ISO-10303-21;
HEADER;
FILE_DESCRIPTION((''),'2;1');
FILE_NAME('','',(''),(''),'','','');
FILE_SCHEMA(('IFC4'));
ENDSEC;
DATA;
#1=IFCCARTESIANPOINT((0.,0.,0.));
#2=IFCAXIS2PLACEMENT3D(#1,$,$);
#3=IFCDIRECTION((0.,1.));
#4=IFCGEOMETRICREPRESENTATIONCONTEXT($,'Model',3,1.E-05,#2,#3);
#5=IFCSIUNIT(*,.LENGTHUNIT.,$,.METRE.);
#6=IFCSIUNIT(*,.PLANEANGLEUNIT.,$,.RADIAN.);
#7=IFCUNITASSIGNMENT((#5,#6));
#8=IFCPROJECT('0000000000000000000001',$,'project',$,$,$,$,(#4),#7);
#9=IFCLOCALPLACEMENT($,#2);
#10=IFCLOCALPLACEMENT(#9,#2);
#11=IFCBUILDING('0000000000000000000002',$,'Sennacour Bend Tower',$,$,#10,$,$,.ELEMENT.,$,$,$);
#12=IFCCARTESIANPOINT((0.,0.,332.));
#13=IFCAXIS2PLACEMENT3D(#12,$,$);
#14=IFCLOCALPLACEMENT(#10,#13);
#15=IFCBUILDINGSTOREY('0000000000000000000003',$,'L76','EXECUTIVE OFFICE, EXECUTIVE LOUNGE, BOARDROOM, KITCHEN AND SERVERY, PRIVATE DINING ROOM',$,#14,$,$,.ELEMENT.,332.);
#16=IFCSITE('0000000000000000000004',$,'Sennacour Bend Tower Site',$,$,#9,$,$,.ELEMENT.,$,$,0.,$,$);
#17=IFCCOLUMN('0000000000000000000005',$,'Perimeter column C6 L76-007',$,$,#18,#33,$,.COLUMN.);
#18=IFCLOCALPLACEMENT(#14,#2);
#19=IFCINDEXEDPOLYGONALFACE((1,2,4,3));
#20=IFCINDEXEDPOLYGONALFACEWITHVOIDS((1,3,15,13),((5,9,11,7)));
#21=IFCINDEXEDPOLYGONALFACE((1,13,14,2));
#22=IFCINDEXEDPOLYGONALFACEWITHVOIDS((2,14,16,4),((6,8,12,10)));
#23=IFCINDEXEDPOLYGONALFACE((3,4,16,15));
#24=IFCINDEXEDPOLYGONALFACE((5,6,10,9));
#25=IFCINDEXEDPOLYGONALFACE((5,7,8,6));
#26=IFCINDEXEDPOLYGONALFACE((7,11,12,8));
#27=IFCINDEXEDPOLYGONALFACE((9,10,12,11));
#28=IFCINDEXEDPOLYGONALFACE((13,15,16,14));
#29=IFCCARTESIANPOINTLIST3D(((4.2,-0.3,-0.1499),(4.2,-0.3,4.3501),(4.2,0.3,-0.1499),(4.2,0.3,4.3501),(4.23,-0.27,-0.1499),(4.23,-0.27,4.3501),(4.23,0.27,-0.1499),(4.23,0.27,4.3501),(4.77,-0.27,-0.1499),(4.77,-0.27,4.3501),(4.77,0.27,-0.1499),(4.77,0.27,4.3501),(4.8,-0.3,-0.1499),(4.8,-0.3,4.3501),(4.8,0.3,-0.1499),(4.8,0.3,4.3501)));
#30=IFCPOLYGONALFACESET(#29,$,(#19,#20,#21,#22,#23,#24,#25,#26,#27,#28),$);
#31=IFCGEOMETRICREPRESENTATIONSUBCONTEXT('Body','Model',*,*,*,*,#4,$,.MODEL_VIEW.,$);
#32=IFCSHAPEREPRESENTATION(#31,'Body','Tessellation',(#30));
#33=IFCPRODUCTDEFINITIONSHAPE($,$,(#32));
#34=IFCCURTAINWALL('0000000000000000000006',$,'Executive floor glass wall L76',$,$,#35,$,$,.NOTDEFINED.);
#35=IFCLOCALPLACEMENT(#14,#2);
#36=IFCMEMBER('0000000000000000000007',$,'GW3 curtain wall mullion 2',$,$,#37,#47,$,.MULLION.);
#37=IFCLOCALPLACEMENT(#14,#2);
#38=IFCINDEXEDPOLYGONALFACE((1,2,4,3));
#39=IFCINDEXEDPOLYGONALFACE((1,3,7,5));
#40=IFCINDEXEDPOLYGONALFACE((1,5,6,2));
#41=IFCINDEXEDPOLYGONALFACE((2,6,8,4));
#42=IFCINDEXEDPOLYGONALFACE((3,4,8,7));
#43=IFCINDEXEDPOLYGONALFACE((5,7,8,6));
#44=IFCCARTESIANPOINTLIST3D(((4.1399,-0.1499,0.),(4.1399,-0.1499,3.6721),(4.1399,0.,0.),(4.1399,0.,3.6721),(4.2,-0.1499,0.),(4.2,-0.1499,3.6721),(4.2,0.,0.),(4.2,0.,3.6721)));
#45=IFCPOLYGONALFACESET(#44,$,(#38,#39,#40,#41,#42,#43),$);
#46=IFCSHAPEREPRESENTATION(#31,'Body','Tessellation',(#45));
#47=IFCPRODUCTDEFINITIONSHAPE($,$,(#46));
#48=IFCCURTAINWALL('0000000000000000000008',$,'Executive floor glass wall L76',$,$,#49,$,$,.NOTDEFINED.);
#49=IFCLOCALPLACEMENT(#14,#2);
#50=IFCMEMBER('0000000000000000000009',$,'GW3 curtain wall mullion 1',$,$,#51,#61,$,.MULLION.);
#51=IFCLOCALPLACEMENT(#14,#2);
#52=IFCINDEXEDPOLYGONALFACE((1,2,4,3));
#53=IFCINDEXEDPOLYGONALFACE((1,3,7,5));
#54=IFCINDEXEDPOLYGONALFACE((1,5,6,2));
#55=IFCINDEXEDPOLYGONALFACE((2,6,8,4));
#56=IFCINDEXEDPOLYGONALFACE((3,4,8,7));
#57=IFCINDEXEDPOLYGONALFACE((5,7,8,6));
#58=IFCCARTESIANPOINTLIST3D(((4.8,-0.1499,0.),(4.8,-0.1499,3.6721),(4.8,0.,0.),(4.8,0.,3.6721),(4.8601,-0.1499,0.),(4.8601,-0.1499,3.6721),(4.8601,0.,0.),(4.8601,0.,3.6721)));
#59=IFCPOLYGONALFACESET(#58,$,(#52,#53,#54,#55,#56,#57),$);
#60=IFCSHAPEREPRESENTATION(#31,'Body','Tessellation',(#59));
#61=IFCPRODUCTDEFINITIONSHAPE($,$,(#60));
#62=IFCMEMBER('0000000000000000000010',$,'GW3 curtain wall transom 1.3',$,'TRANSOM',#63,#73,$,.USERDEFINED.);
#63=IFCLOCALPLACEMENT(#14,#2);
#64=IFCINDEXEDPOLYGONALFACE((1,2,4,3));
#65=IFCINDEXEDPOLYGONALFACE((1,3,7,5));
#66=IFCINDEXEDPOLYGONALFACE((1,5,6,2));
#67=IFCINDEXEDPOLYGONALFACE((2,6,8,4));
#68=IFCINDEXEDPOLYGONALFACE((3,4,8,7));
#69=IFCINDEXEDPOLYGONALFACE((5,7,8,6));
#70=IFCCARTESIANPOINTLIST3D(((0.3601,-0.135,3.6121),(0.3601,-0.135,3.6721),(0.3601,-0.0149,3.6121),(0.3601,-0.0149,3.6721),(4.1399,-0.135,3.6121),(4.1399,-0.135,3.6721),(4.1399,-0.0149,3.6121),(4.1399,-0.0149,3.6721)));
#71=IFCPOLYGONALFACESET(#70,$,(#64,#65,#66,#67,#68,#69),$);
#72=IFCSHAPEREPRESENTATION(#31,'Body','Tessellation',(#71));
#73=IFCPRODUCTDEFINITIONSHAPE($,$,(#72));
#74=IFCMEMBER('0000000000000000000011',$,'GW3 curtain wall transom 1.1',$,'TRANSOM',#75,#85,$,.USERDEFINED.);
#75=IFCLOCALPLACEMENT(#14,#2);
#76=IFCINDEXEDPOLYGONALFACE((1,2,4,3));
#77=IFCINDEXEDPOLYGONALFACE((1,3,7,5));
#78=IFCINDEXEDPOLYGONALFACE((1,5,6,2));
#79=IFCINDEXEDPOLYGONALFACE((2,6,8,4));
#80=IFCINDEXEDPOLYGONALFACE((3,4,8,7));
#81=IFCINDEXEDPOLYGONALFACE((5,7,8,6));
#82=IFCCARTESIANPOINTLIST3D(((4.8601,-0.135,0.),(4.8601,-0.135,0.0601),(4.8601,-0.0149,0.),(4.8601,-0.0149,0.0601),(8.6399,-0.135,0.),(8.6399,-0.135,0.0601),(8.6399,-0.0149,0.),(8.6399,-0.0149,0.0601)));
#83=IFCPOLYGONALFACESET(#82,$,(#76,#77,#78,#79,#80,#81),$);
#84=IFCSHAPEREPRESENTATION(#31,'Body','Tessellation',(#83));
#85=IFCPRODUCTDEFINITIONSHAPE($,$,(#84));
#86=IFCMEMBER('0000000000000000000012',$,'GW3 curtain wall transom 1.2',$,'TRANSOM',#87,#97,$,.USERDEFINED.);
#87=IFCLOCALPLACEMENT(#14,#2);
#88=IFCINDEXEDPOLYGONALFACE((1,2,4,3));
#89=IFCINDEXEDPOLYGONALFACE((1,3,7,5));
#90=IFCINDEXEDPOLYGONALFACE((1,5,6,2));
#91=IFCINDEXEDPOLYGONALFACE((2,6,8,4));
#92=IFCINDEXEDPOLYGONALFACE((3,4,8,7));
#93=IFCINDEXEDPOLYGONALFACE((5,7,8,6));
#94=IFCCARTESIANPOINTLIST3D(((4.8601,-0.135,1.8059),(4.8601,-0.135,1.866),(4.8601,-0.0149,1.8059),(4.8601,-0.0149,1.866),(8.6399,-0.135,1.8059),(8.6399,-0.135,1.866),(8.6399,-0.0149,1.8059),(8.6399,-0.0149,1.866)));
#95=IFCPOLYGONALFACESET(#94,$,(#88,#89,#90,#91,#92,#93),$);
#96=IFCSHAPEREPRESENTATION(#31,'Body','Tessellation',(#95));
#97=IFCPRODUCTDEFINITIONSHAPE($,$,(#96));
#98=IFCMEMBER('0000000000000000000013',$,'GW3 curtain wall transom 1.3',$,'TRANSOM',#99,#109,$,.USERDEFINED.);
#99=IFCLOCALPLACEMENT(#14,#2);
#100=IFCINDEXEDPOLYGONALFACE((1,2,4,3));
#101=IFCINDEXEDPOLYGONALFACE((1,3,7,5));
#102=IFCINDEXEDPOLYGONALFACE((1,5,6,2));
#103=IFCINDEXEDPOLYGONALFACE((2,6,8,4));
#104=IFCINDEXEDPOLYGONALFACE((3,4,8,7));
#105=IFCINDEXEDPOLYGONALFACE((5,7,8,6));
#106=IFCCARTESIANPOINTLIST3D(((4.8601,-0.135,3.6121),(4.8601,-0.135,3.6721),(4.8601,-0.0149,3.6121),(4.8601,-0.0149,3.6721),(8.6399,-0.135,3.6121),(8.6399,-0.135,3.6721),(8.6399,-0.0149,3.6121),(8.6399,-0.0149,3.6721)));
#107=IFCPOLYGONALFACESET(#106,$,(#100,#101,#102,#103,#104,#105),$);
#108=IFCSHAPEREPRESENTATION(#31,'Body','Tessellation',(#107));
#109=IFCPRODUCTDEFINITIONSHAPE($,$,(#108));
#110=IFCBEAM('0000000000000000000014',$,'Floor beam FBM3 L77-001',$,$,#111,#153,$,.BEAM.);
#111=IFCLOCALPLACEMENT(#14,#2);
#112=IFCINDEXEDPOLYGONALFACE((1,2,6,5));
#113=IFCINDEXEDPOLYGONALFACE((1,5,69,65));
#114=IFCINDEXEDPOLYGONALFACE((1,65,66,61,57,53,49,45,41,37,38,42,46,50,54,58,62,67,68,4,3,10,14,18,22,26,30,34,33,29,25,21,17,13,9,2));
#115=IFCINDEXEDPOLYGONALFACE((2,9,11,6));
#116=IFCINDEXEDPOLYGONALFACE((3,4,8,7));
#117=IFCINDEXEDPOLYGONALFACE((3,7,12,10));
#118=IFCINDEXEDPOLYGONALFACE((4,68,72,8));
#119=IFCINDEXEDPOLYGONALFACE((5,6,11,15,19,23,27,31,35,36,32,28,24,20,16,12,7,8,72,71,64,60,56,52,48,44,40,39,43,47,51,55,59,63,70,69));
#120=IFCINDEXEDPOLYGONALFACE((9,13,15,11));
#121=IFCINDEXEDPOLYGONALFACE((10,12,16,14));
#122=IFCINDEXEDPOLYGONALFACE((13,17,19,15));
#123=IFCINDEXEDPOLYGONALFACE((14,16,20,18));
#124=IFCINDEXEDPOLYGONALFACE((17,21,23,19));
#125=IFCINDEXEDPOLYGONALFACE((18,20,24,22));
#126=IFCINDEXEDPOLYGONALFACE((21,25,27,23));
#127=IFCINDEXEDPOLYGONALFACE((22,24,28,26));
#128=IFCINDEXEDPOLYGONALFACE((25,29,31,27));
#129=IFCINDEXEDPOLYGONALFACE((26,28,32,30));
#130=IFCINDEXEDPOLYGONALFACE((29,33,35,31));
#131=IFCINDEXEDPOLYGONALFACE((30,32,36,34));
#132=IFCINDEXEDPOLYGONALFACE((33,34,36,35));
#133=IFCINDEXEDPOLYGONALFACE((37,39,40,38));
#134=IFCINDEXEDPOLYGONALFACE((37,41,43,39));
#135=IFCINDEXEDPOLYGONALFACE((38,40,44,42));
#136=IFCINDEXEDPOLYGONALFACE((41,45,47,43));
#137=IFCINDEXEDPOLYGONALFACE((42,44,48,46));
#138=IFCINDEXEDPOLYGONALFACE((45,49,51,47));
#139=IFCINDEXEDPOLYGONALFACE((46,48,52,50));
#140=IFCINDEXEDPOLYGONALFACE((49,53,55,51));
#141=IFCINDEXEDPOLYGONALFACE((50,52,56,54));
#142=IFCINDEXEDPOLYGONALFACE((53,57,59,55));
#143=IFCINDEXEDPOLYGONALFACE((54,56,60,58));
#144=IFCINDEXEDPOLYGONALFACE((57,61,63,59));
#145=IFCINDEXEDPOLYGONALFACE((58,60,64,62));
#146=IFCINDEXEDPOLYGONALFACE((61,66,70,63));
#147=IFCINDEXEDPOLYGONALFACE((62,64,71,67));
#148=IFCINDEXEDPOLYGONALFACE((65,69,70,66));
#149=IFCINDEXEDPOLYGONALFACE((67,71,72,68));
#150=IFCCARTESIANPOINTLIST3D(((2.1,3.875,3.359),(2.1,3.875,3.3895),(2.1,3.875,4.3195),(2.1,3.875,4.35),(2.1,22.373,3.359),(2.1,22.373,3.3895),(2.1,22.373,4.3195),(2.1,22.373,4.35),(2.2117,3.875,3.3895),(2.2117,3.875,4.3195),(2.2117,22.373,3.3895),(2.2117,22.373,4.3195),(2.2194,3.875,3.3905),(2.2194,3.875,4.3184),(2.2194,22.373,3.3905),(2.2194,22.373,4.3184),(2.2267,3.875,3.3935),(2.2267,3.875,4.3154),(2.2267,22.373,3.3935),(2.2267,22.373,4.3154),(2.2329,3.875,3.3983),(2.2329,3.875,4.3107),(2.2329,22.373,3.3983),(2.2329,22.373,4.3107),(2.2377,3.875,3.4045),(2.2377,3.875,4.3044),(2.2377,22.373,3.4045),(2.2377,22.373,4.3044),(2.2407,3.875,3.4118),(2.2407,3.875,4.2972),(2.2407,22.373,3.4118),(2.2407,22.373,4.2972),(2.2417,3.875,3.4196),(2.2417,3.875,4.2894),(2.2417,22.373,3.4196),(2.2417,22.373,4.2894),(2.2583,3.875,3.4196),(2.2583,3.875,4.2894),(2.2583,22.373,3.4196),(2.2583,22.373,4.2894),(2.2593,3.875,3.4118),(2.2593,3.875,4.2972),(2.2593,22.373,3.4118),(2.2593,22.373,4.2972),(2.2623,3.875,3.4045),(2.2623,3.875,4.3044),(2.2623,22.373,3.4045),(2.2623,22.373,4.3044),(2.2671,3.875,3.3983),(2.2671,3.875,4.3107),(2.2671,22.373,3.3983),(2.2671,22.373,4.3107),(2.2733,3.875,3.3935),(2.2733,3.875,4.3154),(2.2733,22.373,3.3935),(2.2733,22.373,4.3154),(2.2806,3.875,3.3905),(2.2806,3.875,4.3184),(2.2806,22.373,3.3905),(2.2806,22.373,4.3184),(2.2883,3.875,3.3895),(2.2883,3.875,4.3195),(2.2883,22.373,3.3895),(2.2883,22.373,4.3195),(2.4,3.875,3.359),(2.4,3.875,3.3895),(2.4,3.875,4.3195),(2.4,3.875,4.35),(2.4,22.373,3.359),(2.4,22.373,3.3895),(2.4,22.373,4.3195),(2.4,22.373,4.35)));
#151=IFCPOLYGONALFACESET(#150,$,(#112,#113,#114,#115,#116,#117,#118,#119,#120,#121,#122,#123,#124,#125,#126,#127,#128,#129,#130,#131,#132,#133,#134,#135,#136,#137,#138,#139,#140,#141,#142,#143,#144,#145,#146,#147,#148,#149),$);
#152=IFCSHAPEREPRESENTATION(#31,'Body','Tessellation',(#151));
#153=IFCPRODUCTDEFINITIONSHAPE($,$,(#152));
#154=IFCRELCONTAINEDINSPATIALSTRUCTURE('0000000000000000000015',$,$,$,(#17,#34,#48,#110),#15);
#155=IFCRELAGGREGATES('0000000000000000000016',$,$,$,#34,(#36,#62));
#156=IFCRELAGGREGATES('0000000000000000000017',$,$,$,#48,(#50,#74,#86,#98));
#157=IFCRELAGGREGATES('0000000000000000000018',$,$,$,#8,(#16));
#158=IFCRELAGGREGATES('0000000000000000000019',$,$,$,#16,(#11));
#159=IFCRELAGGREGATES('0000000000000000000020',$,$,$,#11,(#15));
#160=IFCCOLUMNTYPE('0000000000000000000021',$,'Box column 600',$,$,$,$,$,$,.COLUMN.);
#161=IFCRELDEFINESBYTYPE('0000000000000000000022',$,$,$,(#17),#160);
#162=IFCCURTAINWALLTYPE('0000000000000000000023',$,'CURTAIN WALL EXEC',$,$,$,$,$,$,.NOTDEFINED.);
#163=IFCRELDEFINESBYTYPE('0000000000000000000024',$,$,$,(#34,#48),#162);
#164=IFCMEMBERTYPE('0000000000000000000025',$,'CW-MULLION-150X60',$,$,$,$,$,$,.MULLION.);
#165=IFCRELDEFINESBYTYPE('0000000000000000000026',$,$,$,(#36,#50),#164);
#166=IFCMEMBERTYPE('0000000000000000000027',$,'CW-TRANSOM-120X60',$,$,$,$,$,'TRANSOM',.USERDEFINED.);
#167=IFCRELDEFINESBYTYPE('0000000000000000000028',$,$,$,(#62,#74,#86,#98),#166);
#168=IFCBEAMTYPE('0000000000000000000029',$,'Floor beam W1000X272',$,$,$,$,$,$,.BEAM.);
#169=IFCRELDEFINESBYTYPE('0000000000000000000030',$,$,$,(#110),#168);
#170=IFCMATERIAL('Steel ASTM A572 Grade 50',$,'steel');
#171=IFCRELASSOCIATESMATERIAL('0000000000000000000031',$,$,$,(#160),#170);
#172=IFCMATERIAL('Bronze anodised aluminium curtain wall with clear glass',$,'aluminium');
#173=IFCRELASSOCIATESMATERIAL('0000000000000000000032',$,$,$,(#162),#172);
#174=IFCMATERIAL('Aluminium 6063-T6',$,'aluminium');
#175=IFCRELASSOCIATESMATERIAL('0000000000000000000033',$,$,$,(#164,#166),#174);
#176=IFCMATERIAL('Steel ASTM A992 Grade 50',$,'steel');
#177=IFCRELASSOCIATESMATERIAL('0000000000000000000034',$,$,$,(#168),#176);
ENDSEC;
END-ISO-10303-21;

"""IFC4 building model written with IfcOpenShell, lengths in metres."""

from ifc_helpers import new_model, si_unit, direction, frame, origin, origin_2d, place, context, subcontext, project, spatial, rectangle, hollow_rectangle, i_section, extrude, material, material_profile, profile_set, type_object, element, aggregate, save


model = new_model("IFC4")

# Units and contexts
model_context = context("Model", 3, precision=1e-05, world=origin(), true_north=direction((0.0, 1.0)))
body_context = subcontext(model_context, "Body", "Model", "MODEL_VIEW")
ifc_project = project(units=[si_unit("LENGTHUNIT", "METRE"), si_unit("PLANEANGLEUNIT", "RADIAN")], contexts=[model_context])

# Site, building, storey
site_placement = place(None, origin())
site = spatial("IfcSite", under=ifc_project, at=site_placement, Name="Sennacour Bend Tower Site", CompositionType="ELEMENT", RefElevation=0.0)
building_placement = place(site_placement, origin())
building = spatial("IfcBuilding", under=site, at=building_placement, Name="Sennacour Bend Tower", CompositionType="ELEMENT")
storey_placement = place(building_placement, frame((0.0, 0.0, 332.0)))
storey = spatial("IfcBuildingStorey", under=building, at=storey_placement, Name="L76", Description="EXECUTIVE OFFICE, EXECUTIVE LOUNGE, BOARDROOM, KITCHEN AND SERVERY, PRIVATE DINING ROOM", CompositionType="ELEMENT", Elevation=332.0)

# Column
ifc_material_1 = material(Name="Steel ASTM A572 Grade 50", Category="steel")
ifc_material_profile_1 = material_profile(ifc_material_1, hollow_rectangle(XDim=0.6001, YDim=0.6001, WallThickness=0.03, at=origin_2d()), Name="Steel ASTM A572 Grade 50", Category="steel")
ifc_profile_set_1 = profile_set([ifc_material_profile_1], Name="Steel ASTM A572 Grade 50")
column_type = type_object("IfcColumnType", Name="Box column 600", PredefinedType="COLUMN", material=ifc_profile_set_1)
column_placement = place(storey_placement, frame((4.5, 0.0, -0.1499), z_axis=(0.0, 0.0, 1.0), x_axis=(1.0, 0.0, 0.0)))
element("IfcColumn", 1, at=column_placement, inside=storey, type_object=column_type, Name="Perimeter column C6 L76-007", PredefinedType="COLUMN", context=body_context, shape_type="SweptSolid", body=[
    extrude(hollow_rectangle(XDim=0.6001, YDim=0.6001, WallThickness=0.03, at=origin_2d()), origin(), (0.0, 0.0, 1.0), 4.5),
])

# Curtain walls, members
ifc_material_2 = material(Name="Bronze anodised aluminium curtain wall with clear glass", Category="aluminium")
curtain_wall_type = type_object("IfcCurtainWallType", Name="CURTAIN WALL EXEC", PredefinedType="NOTDEFINED", material=ifc_material_2)
curtain_wall_1_placement = place(storey_placement, origin())
curtain_wall_1 = element("IfcCurtainWall", 2, at=curtain_wall_1_placement, inside=storey, type_object=curtain_wall_type, Name="Executive floor glass wall L76", PredefinedType="NOTDEFINED")
ifc_material_3 = material(Name="Aluminium 6063-T6", Category="aluminium")
ifc_material_profile_2 = material_profile(ifc_material_3, rectangle(XDim=0.1499, YDim=0.0601, at=origin_2d()), Name="Aluminium 6063-T6", Category="aluminium")
ifc_profile_set_2 = profile_set([ifc_material_profile_2], Name="Aluminium 6063-T6")
member_type_1 = type_object("IfcMemberType", Name="CW-MULLION-150X60", PredefinedType="MULLION", material=ifc_profile_set_2)
member_1_placement = place(storey_placement, frame((4.1699, -0.075, 0.0), z_axis=(0.0, 0.0, 1.0), x_axis=(0.0, 1.0, 0.0)))
member_1 = element("IfcMember", 3, at=member_1_placement, type_object=member_type_1, Name="GW3 curtain wall mullion 2", PredefinedType="MULLION", context=body_context, shape_type="SweptSolid", body=[
    extrude(rectangle(XDim=0.1499, YDim=0.0601, at=origin_2d()), origin(), (0.0, 0.0, 1.0), 3.6721),
])
curtain_wall_2_placement = place(storey_placement, origin())
curtain_wall_2 = element("IfcCurtainWall", 4, at=curtain_wall_2_placement, inside=storey, type_object=curtain_wall_type, Name="Executive floor glass wall L76", PredefinedType="NOTDEFINED")
member_2_placement = place(storey_placement, frame((4.8301, -0.075, 0.0), z_axis=(0.0, 0.0, 1.0), x_axis=(0.0, 1.0, 0.0)))
member_2 = element("IfcMember", 5, at=member_2_placement, type_object=member_type_1, Name="GW3 curtain wall mullion 1", PredefinedType="MULLION", context=body_context, shape_type="SweptSolid", body=[
    extrude(rectangle(XDim=0.1499, YDim=0.0601, at=origin_2d()), origin(), (0.0, 0.0, 1.0), 3.6721),
])

# Members
ifc_material_profile_3 = material_profile(ifc_material_3, rectangle(XDim=0.1201, YDim=0.0601, at=origin_2d()), Name="Aluminium 6063-T6", Category="aluminium")
ifc_profile_set_3 = profile_set([ifc_material_profile_3], Name="Aluminium 6063-T6")
member_type_2 = type_object("IfcMemberType", Name="CW-TRANSOM-120X60", ElementType="TRANSOM", PredefinedType="USERDEFINED", material=ifc_profile_set_3)
member_3_placement = place(storey_placement, frame((0.3601, -0.075, 3.6421), z_axis=(1.0, 0.0, 0.0), x_axis=(0.0, 1.0, 0.0)))
member_3 = element("IfcMember", 6, at=member_3_placement, type_object=member_type_2, Name="GW3 curtain wall transom 1.3", ObjectType="TRANSOM", PredefinedType="USERDEFINED", context=body_context, shape_type="SweptSolid", body=[
    extrude(rectangle(XDim=0.1201, YDim=0.0601, at=origin_2d()), origin(), (0.0, 0.0, 1.0), 3.7798),
])
member_4_placement = place(storey_placement, frame((4.8601, -0.075, 0.03), z_axis=(1.0, 0.0, 0.0), x_axis=(0.0, 1.0, 0.0)))
member_4 = element("IfcMember", 7, at=member_4_placement, type_object=member_type_2, Name="GW3 curtain wall transom 1.1", ObjectType="TRANSOM", PredefinedType="USERDEFINED", context=body_context, shape_type="SweptSolid", body=[
    extrude(rectangle(XDim=0.1201, YDim=0.0601, at=origin_2d()), origin(), (0.0, 0.0, 1.0), 3.7798),
])
member_5_placement = place(storey_placement, frame((4.8601, -0.075, 1.8359), z_axis=(1.0, 0.0, 0.0), x_axis=(0.0, 1.0, 0.0)))
member_5 = element("IfcMember", 8, at=member_5_placement, type_object=member_type_2, Name="GW3 curtain wall transom 1.2", ObjectType="TRANSOM", PredefinedType="USERDEFINED", context=body_context, shape_type="SweptSolid", body=[
    extrude(rectangle(XDim=0.1201, YDim=0.0601, at=origin_2d()), origin(), (0.0, 0.0, 1.0), 3.7798),
])
member_6_placement = place(storey_placement, frame((4.8601, -0.075, 3.6421), z_axis=(1.0, 0.0, 0.0), x_axis=(0.0, 1.0, 0.0)))
member_6 = element("IfcMember", 9, at=member_6_placement, type_object=member_type_2, Name="GW3 curtain wall transom 1.3", ObjectType="TRANSOM", PredefinedType="USERDEFINED", context=body_context, shape_type="SweptSolid", body=[
    extrude(rectangle(XDim=0.1201, YDim=0.0601, at=origin_2d()), origin(), (0.0, 0.0, 1.0), 3.7798),
])

# Beam
ifc_material_4 = material(Name="Steel ASTM A992 Grade 50", Category="steel")
ifc_material_profile_4 = material_profile(ifc_material_4, i_section(OverallWidth=0.3, OverallDepth=0.991, WebThickness=0.0166, FlangeThickness=0.0305, FilletRadius=0.03, at=origin_2d()), Name="Steel ASTM A992 Grade 50", Category="steel")
ifc_profile_set_4 = profile_set([ifc_material_profile_4], Name="Steel ASTM A992 Grade 50")
beam_type_1 = type_object("IfcBeamType", Name="Floor beam W1000X272", PredefinedType="BEAM", material=ifc_profile_set_4)
beam_1_placement = place(storey_placement, frame((2.25, 3.875, 3.8545), z_axis=(0.0, 1.0, 0.0), x_axis=(-1.0, 0.0, 0.0)))
element("IfcBeam", 10, at=beam_1_placement, inside=storey, type_object=beam_type_1, Name="Floor beam FBM3 L77-001", PredefinedType="BEAM", context=body_context, shape_type="SweptSolid", body=[
    extrude(i_section(OverallWidth=0.3, OverallDepth=0.991, WebThickness=0.0166, FlangeThickness=0.0305, FilletRadius=0.03, at=origin_2d()), origin(), (0.0, 0.0, 1.0), 18.498),
])

aggregate(curtain_wall_1, [member_1, member_3])
aggregate(curtain_wall_2, [member_2, member_4, member_5, member_6])

save(model, "model.ifc")
